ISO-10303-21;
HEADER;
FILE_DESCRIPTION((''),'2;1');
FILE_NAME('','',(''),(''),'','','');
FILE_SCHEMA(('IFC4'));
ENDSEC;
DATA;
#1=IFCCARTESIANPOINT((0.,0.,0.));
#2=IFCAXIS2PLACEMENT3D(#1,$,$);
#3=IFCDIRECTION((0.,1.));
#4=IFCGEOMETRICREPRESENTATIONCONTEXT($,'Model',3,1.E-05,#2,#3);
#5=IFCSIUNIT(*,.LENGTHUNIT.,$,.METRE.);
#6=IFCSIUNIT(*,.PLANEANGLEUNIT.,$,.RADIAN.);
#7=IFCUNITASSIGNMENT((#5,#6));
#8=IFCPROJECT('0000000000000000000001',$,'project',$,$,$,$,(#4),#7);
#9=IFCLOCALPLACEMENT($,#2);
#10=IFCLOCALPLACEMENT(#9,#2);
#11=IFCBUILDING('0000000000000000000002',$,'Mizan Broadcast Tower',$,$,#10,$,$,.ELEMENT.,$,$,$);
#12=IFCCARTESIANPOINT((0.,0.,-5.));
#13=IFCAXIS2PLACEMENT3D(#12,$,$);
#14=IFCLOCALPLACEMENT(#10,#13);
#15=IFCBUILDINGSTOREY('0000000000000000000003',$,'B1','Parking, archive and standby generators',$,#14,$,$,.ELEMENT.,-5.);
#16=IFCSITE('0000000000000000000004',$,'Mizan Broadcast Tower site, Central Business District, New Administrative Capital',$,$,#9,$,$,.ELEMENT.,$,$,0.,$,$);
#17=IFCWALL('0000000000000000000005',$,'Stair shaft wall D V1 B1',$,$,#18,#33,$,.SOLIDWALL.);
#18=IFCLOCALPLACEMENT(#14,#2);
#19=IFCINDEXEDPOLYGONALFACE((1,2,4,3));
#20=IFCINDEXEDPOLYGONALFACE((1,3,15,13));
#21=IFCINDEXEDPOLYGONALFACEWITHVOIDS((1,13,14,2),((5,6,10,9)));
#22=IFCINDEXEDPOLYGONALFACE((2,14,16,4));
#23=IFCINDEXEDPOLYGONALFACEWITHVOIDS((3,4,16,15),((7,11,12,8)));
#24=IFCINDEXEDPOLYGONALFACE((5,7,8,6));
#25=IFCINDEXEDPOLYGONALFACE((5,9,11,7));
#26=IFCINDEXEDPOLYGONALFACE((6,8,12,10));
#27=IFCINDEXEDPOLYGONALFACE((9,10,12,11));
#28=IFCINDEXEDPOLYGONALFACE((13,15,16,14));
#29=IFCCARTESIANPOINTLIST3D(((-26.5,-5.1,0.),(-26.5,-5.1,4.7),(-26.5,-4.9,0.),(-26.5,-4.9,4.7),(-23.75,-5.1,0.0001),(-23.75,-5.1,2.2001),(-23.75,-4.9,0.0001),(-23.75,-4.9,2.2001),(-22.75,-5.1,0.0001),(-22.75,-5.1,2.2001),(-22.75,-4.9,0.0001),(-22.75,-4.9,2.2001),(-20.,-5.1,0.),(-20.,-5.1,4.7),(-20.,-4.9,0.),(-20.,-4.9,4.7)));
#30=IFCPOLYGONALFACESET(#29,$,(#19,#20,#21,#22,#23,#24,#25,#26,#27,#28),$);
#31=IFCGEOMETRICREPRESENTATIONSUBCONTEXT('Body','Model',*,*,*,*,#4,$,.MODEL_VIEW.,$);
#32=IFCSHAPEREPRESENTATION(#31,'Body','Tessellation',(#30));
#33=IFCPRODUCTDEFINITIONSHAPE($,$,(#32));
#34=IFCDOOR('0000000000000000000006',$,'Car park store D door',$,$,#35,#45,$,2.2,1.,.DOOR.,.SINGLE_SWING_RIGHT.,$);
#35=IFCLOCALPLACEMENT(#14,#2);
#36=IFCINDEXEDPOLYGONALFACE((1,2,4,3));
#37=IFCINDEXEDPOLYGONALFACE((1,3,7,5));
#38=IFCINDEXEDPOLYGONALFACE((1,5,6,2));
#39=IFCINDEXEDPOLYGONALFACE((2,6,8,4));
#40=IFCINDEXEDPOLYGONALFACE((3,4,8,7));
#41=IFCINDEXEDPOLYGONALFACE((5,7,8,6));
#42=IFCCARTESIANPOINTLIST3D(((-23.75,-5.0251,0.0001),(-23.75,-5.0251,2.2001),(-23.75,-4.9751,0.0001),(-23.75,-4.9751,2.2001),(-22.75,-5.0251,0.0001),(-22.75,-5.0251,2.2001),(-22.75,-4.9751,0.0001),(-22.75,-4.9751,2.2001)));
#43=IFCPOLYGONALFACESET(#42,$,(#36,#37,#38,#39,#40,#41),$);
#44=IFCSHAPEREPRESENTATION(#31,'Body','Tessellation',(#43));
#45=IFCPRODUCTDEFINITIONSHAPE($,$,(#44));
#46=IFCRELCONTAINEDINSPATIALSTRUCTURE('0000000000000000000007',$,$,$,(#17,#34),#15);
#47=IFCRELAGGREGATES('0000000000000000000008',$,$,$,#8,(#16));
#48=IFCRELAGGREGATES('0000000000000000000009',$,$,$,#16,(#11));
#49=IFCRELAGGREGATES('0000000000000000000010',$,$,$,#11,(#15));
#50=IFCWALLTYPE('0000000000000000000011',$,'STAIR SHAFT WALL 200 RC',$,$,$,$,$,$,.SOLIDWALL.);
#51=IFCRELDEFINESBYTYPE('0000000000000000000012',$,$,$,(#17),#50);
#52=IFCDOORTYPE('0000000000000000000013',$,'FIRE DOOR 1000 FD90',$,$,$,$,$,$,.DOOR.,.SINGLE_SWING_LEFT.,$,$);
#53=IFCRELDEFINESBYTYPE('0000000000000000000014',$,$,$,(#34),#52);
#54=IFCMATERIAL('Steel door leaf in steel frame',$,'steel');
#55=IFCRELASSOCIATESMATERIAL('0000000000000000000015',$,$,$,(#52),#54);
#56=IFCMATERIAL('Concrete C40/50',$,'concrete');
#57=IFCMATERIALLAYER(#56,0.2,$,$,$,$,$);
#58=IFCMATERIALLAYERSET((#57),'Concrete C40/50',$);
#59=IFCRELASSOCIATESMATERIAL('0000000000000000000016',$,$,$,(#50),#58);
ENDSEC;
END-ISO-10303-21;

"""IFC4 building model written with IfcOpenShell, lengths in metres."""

from ifc_helpers import new_model, si_unit, direction, frame, frame_2d, origin, place, context, subcontext, project, spatial, rectangle, extrude, material, layer, layer_set, type_object, element, fill, save


model = new_model("IFC4")

# Units and contexts
model_context = context("Model", 3, precision=1e-05, world=origin(), true_north=direction((0.0, 1.0)))
body_context = subcontext(model_context, "Body", "Model", "MODEL_VIEW")
ifc_project = project(units=[si_unit("LENGTHUNIT", "METRE"), si_unit("PLANEANGLEUNIT", "RADIAN")], contexts=[model_context])

# Site, building, storey
site_placement = place(None, origin())
site = spatial("IfcSite", under=ifc_project, at=site_placement, Name="Mizan Broadcast Tower site, Central Business District, New Administrative Capital", CompositionType="ELEMENT", RefElevation=0.0)
building_placement = place(site_placement, origin())
building = spatial("IfcBuilding", under=site, at=building_placement, Name="Mizan Broadcast Tower", CompositionType="ELEMENT")
storey_placement = place(building_placement, frame((0.0, 0.0, -5.0)))
storey = spatial("IfcBuildingStorey", under=building, at=storey_placement, Name="B1", Description="Parking, archive and standby generators", CompositionType="ELEMENT", Elevation=-5.0)

# Shared definitions
ifc_material_1 = material(Name="Steel door leaf in steel frame", Category="steel")
door_type_1 = type_object("IfcDoorType", Name="FIRE DOOR 1000 FD90", OperationType="SINGLE_SWING_LEFT", PredefinedType="DOOR", material=ifc_material_1)

# Shared definitions
ifc_material_2 = material(Name="Concrete C40/50", Category="concrete")
ifc_layer_1 = layer(ifc_material_2, 0.2)
ifc_layer_set_1 = layer_set([ifc_layer_1], Name="Concrete C40/50")
wall_type_1 = type_object("IfcWallType", Name="STAIR SHAFT WALL 200 RC", PredefinedType="SOLIDWALL", material=ifc_layer_set_1)

# Wall, opening, door
wall_1_placement = place(storey_placement, frame((-26.5, -5.0, 0.0), z_axis=(0.0, 0.0, 1.0), x_axis=(1.0, 0.0, 0.0)))
wall_1 = element("IfcWall", 1, at=wall_1_placement, inside=storey, type_object=wall_type_1, Name="Stair shaft wall D V1 B1", PredefinedType="SOLIDWALL", context=body_context, shape_type="SweptSolid", body=[
    extrude(rectangle(XDim=6.5, YDim=0.2, at=frame_2d((3.25, 0.0))), origin(), (0.0, 0.0, 1.0), 4.7),
])
opening_1_placement = place(wall_1_placement, frame((2.75, 0.0, 0.0)))
opening_1 = element("IfcOpeningElement", 2, at=opening_1_placement, cuts=wall_1, PredefinedType="OPENING", context=body_context, shape_type="SweptSolid", body=[
    extrude(rectangle(XDim=1.0, YDim=2.2, at=frame_2d((0.5, 1.1001))), frame((0.0, 0.1099, 0.0), z_axis=(0.0, -1.0, 0.0), x_axis=(1.0, 0.0, 0.0)), (0.0, 0.0, 1.0), 0.22),
])
door_1_placement = place(opening_1_placement, origin())
door_1 = element("IfcDoor", 3, at=door_1_placement, inside=storey, type_object=door_type_1, Name="Car park store D door", OperationType="SINGLE_SWING_RIGHT", OverallHeight=2.2, OverallWidth=1.0, PredefinedType="DOOR", context=body_context, shape_type="SweptSolid", body=[
    extrude(rectangle(XDim=1.0, YDim=2.2, at=frame_2d((0.5, 1.1001))), frame((0.0, 0.0249, 0.0), z_axis=(0.0, -1.0, 0.0), x_axis=(1.0, 0.0, 0.0)), (0.0, 0.0, 1.0), 0.05),
])
fill(opening_1, door_1)

save(model, "model.ifc")
